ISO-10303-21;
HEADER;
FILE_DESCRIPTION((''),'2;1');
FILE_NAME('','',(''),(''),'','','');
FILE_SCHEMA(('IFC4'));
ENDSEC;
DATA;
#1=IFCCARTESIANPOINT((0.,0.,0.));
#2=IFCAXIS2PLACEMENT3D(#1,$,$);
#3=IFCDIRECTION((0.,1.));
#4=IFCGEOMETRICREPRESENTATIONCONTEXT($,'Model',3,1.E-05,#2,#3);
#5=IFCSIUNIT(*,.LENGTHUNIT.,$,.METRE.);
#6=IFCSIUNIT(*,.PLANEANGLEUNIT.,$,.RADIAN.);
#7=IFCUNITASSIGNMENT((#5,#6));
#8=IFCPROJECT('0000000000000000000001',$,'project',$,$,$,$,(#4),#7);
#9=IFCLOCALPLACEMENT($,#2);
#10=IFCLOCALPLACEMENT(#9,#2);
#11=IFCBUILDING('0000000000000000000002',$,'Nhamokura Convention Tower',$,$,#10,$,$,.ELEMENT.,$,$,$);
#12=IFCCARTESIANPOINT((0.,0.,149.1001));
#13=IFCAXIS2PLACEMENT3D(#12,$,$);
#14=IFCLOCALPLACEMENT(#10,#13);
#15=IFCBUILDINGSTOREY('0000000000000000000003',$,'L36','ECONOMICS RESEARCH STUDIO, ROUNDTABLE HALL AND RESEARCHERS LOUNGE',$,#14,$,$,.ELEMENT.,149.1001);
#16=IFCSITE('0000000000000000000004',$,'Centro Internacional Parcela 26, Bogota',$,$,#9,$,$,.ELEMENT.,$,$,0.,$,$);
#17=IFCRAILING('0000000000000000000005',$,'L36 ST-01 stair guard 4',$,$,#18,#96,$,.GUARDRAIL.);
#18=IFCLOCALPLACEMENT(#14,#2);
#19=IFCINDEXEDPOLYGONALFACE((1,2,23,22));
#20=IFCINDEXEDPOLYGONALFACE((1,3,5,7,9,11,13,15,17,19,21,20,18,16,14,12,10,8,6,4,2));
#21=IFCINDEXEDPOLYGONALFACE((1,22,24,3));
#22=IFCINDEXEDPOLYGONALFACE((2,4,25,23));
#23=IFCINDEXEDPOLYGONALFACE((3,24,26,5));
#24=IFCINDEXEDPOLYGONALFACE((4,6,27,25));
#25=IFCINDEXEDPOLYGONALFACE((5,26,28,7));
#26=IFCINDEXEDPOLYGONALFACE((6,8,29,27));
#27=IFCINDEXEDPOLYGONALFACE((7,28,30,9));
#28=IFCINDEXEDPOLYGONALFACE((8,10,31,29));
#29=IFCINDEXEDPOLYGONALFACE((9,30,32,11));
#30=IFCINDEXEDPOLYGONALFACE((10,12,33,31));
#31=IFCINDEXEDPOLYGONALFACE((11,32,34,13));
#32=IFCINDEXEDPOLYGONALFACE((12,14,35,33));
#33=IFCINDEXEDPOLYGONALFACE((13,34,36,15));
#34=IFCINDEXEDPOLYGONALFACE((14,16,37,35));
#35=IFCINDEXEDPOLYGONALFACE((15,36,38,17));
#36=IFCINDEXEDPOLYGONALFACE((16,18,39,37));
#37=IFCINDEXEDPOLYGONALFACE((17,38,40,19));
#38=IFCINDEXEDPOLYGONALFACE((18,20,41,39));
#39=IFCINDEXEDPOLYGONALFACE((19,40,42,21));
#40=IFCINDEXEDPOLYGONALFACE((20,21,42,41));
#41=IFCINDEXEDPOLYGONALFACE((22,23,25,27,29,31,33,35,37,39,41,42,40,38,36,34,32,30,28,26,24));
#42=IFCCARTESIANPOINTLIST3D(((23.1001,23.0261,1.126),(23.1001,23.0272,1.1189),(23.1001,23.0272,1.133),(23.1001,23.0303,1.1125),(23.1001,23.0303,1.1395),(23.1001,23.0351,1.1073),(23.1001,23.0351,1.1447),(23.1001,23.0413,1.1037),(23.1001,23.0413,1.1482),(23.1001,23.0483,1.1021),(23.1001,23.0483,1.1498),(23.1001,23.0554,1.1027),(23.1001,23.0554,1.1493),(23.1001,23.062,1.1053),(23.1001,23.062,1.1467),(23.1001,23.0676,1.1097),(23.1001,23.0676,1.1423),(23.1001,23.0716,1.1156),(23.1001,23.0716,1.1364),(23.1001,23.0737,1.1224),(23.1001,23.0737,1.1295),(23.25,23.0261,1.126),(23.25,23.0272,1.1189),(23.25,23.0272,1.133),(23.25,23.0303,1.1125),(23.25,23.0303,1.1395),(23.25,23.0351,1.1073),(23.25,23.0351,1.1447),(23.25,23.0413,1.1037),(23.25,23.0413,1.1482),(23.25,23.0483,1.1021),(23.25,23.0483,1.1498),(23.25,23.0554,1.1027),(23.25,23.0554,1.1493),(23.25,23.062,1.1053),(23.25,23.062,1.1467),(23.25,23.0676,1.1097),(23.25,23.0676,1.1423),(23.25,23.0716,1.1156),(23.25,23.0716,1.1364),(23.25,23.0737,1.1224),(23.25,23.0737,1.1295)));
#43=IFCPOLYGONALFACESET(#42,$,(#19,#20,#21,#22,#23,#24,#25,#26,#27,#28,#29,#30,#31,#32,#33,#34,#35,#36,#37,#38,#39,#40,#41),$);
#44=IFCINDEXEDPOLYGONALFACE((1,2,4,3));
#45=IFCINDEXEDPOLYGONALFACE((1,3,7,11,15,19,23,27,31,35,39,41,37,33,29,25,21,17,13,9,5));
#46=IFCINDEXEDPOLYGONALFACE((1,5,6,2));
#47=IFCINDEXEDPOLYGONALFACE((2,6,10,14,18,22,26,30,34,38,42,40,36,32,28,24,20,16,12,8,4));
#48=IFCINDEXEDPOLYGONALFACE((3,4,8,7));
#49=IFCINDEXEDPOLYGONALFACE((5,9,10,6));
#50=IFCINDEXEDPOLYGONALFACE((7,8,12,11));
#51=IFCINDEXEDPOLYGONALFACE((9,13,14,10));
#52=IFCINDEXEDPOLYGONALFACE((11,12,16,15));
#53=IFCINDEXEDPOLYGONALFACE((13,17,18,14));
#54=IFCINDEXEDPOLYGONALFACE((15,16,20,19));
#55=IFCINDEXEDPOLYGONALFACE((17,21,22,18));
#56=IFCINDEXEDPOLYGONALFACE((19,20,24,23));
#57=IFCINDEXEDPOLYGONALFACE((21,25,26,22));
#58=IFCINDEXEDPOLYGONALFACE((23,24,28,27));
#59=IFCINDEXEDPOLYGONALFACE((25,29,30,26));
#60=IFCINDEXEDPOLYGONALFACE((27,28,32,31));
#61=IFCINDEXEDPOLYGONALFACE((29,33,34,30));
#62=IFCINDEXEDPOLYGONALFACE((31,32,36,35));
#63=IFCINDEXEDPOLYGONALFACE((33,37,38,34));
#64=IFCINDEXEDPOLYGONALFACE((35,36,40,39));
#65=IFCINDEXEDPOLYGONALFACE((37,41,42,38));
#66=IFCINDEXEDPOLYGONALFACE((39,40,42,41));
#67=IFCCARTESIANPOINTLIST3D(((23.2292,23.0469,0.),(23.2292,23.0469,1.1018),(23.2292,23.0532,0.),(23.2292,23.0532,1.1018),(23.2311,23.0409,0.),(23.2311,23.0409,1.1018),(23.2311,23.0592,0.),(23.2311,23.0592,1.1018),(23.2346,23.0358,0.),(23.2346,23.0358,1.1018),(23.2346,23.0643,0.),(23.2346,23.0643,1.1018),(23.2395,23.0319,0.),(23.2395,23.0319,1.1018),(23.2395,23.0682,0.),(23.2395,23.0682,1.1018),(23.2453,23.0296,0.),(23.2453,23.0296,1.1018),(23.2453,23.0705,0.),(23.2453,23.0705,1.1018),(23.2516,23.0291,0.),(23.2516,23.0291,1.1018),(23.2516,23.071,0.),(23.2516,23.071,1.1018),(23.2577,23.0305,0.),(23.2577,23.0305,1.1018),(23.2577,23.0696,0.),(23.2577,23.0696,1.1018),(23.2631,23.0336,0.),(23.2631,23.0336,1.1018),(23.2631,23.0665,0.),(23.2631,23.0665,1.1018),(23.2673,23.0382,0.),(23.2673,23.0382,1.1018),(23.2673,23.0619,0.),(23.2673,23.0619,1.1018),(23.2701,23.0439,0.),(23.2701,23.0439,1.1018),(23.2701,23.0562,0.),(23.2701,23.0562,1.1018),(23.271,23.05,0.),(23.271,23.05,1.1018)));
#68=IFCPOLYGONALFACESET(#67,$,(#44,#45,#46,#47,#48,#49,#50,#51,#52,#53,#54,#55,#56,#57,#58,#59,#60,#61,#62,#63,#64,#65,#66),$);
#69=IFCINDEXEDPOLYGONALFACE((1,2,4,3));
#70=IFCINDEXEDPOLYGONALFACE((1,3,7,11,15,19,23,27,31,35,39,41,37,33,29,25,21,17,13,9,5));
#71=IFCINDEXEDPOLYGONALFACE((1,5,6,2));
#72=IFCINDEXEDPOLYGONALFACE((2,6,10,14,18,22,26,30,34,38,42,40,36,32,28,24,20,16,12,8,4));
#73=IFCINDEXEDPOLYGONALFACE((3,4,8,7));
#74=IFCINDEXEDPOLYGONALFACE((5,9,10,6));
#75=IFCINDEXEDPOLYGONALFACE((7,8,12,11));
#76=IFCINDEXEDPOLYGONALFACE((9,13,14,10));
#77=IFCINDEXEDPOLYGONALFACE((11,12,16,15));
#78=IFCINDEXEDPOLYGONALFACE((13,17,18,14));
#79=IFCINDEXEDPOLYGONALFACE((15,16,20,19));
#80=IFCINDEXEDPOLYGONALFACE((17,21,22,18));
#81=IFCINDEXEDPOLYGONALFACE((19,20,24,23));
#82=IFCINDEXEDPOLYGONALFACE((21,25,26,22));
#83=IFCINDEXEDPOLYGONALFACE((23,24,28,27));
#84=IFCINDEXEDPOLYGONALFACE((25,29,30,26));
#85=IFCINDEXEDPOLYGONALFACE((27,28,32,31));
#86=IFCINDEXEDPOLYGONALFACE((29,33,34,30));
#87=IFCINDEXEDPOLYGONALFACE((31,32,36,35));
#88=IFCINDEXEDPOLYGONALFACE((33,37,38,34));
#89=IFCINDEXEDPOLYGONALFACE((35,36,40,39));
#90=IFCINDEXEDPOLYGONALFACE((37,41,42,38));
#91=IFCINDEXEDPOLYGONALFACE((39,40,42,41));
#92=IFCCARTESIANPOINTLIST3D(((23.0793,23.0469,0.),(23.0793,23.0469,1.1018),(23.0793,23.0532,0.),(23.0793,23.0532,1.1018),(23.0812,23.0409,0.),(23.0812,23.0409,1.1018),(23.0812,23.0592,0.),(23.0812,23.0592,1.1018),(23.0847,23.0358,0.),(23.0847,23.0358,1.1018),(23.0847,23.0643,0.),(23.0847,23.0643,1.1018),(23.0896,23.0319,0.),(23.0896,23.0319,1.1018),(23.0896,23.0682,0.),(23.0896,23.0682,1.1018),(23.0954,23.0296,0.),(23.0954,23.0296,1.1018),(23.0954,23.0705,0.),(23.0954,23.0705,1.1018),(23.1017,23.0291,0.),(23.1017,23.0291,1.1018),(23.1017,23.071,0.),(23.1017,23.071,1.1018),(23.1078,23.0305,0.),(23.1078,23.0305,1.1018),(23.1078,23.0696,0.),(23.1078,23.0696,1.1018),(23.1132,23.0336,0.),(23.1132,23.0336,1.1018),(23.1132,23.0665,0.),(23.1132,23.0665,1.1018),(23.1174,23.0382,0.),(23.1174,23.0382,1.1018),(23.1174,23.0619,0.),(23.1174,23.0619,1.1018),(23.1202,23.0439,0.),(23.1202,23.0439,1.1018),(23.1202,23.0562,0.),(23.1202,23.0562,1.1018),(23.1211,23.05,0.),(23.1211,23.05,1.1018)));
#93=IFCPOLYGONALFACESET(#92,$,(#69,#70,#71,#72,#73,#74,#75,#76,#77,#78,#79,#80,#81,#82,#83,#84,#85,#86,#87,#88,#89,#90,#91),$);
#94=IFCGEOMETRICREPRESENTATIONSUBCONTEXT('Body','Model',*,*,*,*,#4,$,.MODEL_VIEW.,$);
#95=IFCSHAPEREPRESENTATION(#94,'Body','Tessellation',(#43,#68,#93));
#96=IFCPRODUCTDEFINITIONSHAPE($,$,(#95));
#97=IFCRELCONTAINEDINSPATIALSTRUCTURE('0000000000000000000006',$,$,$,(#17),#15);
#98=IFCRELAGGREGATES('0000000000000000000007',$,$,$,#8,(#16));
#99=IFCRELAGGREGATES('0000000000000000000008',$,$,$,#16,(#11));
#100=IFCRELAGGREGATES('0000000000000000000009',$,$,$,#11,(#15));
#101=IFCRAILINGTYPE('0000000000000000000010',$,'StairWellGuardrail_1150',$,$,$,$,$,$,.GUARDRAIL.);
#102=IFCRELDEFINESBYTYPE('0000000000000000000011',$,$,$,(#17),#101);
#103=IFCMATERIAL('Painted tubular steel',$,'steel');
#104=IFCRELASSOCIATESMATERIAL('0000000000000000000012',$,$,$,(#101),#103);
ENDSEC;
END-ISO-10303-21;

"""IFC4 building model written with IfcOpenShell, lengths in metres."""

from ifc_helpers import new_model, si_unit, direction, frame, origin, origin_2d, place, context, subcontext, project, spatial, circle, extrude, material, type_object, element, save


model = new_model("IFC4")

# Units and contexts
model_context = context("Model", 3, precision=1e-05, world=origin(), true_north=direction((0.0, 1.0)))
body_context = subcontext(model_context, "Body", "Model", "MODEL_VIEW")
ifc_project = project(units=[si_unit("LENGTHUNIT", "METRE"), si_unit("PLANEANGLEUNIT", "RADIAN")], contexts=[model_context])

# Site, building, storey
site_placement = place(None, origin())
site = spatial("IfcSite", under=ifc_project, at=site_placement, Name="Centro Internacional Parcela 26, Bogota", CompositionType="ELEMENT", RefElevation=0.0)
building_placement = place(site_placement, origin())
building = spatial("IfcBuilding", under=site, at=building_placement, Name="Nhamokura Convention Tower", CompositionType="ELEMENT")
storey_placement = place(building_placement, frame((0.0, 0.0, 149.1001)))
storey = spatial("IfcBuildingStorey", under=building, at=storey_placement, Name="L36", Description="ECONOMICS RESEARCH STUDIO, ROUNDTABLE HALL AND RESEARCHERS LOUNGE", CompositionType="ELEMENT", Elevation=149.1001)

# Railing
ifc_material_1 = material(Name="Painted tubular steel", Category="steel")
railing_type_1 = type_object("IfcRailingType", Name="StairWellGuardrail_1150", PredefinedType="GUARDRAIL", material=ifc_material_1)
railing_1_placement = place(storey_placement, frame((23.25, 23.05, 0.0)))
element("IfcRailing", 1, at=railing_1_placement, inside=storey, type_object=railing_type_1, Name="L36 ST-01 stair guard 4", PredefinedType="GUARDRAIL", context=body_context, shape_type="SweptSolid", body=[
    extrude(circle(Radius=0.0239, at=origin_2d()), frame((0.0, 0.0, 1.126), z_axis=(-1.0, 0.0, 0.0), x_axis=(0.0, -1.0, 0.0)), (0.0, 0.0, 1.0), 0.1499),
    extrude(circle(Radius=0.021, at=origin_2d()), origin(), (0.0, 0.0, 1.0), 1.1018),
    extrude(circle(Radius=0.021, at=origin_2d()), frame((-0.1499, 0.0, 0.0)), (0.0, 0.0, 1.0), 1.1018),
])

save(model, "model.ifc")
